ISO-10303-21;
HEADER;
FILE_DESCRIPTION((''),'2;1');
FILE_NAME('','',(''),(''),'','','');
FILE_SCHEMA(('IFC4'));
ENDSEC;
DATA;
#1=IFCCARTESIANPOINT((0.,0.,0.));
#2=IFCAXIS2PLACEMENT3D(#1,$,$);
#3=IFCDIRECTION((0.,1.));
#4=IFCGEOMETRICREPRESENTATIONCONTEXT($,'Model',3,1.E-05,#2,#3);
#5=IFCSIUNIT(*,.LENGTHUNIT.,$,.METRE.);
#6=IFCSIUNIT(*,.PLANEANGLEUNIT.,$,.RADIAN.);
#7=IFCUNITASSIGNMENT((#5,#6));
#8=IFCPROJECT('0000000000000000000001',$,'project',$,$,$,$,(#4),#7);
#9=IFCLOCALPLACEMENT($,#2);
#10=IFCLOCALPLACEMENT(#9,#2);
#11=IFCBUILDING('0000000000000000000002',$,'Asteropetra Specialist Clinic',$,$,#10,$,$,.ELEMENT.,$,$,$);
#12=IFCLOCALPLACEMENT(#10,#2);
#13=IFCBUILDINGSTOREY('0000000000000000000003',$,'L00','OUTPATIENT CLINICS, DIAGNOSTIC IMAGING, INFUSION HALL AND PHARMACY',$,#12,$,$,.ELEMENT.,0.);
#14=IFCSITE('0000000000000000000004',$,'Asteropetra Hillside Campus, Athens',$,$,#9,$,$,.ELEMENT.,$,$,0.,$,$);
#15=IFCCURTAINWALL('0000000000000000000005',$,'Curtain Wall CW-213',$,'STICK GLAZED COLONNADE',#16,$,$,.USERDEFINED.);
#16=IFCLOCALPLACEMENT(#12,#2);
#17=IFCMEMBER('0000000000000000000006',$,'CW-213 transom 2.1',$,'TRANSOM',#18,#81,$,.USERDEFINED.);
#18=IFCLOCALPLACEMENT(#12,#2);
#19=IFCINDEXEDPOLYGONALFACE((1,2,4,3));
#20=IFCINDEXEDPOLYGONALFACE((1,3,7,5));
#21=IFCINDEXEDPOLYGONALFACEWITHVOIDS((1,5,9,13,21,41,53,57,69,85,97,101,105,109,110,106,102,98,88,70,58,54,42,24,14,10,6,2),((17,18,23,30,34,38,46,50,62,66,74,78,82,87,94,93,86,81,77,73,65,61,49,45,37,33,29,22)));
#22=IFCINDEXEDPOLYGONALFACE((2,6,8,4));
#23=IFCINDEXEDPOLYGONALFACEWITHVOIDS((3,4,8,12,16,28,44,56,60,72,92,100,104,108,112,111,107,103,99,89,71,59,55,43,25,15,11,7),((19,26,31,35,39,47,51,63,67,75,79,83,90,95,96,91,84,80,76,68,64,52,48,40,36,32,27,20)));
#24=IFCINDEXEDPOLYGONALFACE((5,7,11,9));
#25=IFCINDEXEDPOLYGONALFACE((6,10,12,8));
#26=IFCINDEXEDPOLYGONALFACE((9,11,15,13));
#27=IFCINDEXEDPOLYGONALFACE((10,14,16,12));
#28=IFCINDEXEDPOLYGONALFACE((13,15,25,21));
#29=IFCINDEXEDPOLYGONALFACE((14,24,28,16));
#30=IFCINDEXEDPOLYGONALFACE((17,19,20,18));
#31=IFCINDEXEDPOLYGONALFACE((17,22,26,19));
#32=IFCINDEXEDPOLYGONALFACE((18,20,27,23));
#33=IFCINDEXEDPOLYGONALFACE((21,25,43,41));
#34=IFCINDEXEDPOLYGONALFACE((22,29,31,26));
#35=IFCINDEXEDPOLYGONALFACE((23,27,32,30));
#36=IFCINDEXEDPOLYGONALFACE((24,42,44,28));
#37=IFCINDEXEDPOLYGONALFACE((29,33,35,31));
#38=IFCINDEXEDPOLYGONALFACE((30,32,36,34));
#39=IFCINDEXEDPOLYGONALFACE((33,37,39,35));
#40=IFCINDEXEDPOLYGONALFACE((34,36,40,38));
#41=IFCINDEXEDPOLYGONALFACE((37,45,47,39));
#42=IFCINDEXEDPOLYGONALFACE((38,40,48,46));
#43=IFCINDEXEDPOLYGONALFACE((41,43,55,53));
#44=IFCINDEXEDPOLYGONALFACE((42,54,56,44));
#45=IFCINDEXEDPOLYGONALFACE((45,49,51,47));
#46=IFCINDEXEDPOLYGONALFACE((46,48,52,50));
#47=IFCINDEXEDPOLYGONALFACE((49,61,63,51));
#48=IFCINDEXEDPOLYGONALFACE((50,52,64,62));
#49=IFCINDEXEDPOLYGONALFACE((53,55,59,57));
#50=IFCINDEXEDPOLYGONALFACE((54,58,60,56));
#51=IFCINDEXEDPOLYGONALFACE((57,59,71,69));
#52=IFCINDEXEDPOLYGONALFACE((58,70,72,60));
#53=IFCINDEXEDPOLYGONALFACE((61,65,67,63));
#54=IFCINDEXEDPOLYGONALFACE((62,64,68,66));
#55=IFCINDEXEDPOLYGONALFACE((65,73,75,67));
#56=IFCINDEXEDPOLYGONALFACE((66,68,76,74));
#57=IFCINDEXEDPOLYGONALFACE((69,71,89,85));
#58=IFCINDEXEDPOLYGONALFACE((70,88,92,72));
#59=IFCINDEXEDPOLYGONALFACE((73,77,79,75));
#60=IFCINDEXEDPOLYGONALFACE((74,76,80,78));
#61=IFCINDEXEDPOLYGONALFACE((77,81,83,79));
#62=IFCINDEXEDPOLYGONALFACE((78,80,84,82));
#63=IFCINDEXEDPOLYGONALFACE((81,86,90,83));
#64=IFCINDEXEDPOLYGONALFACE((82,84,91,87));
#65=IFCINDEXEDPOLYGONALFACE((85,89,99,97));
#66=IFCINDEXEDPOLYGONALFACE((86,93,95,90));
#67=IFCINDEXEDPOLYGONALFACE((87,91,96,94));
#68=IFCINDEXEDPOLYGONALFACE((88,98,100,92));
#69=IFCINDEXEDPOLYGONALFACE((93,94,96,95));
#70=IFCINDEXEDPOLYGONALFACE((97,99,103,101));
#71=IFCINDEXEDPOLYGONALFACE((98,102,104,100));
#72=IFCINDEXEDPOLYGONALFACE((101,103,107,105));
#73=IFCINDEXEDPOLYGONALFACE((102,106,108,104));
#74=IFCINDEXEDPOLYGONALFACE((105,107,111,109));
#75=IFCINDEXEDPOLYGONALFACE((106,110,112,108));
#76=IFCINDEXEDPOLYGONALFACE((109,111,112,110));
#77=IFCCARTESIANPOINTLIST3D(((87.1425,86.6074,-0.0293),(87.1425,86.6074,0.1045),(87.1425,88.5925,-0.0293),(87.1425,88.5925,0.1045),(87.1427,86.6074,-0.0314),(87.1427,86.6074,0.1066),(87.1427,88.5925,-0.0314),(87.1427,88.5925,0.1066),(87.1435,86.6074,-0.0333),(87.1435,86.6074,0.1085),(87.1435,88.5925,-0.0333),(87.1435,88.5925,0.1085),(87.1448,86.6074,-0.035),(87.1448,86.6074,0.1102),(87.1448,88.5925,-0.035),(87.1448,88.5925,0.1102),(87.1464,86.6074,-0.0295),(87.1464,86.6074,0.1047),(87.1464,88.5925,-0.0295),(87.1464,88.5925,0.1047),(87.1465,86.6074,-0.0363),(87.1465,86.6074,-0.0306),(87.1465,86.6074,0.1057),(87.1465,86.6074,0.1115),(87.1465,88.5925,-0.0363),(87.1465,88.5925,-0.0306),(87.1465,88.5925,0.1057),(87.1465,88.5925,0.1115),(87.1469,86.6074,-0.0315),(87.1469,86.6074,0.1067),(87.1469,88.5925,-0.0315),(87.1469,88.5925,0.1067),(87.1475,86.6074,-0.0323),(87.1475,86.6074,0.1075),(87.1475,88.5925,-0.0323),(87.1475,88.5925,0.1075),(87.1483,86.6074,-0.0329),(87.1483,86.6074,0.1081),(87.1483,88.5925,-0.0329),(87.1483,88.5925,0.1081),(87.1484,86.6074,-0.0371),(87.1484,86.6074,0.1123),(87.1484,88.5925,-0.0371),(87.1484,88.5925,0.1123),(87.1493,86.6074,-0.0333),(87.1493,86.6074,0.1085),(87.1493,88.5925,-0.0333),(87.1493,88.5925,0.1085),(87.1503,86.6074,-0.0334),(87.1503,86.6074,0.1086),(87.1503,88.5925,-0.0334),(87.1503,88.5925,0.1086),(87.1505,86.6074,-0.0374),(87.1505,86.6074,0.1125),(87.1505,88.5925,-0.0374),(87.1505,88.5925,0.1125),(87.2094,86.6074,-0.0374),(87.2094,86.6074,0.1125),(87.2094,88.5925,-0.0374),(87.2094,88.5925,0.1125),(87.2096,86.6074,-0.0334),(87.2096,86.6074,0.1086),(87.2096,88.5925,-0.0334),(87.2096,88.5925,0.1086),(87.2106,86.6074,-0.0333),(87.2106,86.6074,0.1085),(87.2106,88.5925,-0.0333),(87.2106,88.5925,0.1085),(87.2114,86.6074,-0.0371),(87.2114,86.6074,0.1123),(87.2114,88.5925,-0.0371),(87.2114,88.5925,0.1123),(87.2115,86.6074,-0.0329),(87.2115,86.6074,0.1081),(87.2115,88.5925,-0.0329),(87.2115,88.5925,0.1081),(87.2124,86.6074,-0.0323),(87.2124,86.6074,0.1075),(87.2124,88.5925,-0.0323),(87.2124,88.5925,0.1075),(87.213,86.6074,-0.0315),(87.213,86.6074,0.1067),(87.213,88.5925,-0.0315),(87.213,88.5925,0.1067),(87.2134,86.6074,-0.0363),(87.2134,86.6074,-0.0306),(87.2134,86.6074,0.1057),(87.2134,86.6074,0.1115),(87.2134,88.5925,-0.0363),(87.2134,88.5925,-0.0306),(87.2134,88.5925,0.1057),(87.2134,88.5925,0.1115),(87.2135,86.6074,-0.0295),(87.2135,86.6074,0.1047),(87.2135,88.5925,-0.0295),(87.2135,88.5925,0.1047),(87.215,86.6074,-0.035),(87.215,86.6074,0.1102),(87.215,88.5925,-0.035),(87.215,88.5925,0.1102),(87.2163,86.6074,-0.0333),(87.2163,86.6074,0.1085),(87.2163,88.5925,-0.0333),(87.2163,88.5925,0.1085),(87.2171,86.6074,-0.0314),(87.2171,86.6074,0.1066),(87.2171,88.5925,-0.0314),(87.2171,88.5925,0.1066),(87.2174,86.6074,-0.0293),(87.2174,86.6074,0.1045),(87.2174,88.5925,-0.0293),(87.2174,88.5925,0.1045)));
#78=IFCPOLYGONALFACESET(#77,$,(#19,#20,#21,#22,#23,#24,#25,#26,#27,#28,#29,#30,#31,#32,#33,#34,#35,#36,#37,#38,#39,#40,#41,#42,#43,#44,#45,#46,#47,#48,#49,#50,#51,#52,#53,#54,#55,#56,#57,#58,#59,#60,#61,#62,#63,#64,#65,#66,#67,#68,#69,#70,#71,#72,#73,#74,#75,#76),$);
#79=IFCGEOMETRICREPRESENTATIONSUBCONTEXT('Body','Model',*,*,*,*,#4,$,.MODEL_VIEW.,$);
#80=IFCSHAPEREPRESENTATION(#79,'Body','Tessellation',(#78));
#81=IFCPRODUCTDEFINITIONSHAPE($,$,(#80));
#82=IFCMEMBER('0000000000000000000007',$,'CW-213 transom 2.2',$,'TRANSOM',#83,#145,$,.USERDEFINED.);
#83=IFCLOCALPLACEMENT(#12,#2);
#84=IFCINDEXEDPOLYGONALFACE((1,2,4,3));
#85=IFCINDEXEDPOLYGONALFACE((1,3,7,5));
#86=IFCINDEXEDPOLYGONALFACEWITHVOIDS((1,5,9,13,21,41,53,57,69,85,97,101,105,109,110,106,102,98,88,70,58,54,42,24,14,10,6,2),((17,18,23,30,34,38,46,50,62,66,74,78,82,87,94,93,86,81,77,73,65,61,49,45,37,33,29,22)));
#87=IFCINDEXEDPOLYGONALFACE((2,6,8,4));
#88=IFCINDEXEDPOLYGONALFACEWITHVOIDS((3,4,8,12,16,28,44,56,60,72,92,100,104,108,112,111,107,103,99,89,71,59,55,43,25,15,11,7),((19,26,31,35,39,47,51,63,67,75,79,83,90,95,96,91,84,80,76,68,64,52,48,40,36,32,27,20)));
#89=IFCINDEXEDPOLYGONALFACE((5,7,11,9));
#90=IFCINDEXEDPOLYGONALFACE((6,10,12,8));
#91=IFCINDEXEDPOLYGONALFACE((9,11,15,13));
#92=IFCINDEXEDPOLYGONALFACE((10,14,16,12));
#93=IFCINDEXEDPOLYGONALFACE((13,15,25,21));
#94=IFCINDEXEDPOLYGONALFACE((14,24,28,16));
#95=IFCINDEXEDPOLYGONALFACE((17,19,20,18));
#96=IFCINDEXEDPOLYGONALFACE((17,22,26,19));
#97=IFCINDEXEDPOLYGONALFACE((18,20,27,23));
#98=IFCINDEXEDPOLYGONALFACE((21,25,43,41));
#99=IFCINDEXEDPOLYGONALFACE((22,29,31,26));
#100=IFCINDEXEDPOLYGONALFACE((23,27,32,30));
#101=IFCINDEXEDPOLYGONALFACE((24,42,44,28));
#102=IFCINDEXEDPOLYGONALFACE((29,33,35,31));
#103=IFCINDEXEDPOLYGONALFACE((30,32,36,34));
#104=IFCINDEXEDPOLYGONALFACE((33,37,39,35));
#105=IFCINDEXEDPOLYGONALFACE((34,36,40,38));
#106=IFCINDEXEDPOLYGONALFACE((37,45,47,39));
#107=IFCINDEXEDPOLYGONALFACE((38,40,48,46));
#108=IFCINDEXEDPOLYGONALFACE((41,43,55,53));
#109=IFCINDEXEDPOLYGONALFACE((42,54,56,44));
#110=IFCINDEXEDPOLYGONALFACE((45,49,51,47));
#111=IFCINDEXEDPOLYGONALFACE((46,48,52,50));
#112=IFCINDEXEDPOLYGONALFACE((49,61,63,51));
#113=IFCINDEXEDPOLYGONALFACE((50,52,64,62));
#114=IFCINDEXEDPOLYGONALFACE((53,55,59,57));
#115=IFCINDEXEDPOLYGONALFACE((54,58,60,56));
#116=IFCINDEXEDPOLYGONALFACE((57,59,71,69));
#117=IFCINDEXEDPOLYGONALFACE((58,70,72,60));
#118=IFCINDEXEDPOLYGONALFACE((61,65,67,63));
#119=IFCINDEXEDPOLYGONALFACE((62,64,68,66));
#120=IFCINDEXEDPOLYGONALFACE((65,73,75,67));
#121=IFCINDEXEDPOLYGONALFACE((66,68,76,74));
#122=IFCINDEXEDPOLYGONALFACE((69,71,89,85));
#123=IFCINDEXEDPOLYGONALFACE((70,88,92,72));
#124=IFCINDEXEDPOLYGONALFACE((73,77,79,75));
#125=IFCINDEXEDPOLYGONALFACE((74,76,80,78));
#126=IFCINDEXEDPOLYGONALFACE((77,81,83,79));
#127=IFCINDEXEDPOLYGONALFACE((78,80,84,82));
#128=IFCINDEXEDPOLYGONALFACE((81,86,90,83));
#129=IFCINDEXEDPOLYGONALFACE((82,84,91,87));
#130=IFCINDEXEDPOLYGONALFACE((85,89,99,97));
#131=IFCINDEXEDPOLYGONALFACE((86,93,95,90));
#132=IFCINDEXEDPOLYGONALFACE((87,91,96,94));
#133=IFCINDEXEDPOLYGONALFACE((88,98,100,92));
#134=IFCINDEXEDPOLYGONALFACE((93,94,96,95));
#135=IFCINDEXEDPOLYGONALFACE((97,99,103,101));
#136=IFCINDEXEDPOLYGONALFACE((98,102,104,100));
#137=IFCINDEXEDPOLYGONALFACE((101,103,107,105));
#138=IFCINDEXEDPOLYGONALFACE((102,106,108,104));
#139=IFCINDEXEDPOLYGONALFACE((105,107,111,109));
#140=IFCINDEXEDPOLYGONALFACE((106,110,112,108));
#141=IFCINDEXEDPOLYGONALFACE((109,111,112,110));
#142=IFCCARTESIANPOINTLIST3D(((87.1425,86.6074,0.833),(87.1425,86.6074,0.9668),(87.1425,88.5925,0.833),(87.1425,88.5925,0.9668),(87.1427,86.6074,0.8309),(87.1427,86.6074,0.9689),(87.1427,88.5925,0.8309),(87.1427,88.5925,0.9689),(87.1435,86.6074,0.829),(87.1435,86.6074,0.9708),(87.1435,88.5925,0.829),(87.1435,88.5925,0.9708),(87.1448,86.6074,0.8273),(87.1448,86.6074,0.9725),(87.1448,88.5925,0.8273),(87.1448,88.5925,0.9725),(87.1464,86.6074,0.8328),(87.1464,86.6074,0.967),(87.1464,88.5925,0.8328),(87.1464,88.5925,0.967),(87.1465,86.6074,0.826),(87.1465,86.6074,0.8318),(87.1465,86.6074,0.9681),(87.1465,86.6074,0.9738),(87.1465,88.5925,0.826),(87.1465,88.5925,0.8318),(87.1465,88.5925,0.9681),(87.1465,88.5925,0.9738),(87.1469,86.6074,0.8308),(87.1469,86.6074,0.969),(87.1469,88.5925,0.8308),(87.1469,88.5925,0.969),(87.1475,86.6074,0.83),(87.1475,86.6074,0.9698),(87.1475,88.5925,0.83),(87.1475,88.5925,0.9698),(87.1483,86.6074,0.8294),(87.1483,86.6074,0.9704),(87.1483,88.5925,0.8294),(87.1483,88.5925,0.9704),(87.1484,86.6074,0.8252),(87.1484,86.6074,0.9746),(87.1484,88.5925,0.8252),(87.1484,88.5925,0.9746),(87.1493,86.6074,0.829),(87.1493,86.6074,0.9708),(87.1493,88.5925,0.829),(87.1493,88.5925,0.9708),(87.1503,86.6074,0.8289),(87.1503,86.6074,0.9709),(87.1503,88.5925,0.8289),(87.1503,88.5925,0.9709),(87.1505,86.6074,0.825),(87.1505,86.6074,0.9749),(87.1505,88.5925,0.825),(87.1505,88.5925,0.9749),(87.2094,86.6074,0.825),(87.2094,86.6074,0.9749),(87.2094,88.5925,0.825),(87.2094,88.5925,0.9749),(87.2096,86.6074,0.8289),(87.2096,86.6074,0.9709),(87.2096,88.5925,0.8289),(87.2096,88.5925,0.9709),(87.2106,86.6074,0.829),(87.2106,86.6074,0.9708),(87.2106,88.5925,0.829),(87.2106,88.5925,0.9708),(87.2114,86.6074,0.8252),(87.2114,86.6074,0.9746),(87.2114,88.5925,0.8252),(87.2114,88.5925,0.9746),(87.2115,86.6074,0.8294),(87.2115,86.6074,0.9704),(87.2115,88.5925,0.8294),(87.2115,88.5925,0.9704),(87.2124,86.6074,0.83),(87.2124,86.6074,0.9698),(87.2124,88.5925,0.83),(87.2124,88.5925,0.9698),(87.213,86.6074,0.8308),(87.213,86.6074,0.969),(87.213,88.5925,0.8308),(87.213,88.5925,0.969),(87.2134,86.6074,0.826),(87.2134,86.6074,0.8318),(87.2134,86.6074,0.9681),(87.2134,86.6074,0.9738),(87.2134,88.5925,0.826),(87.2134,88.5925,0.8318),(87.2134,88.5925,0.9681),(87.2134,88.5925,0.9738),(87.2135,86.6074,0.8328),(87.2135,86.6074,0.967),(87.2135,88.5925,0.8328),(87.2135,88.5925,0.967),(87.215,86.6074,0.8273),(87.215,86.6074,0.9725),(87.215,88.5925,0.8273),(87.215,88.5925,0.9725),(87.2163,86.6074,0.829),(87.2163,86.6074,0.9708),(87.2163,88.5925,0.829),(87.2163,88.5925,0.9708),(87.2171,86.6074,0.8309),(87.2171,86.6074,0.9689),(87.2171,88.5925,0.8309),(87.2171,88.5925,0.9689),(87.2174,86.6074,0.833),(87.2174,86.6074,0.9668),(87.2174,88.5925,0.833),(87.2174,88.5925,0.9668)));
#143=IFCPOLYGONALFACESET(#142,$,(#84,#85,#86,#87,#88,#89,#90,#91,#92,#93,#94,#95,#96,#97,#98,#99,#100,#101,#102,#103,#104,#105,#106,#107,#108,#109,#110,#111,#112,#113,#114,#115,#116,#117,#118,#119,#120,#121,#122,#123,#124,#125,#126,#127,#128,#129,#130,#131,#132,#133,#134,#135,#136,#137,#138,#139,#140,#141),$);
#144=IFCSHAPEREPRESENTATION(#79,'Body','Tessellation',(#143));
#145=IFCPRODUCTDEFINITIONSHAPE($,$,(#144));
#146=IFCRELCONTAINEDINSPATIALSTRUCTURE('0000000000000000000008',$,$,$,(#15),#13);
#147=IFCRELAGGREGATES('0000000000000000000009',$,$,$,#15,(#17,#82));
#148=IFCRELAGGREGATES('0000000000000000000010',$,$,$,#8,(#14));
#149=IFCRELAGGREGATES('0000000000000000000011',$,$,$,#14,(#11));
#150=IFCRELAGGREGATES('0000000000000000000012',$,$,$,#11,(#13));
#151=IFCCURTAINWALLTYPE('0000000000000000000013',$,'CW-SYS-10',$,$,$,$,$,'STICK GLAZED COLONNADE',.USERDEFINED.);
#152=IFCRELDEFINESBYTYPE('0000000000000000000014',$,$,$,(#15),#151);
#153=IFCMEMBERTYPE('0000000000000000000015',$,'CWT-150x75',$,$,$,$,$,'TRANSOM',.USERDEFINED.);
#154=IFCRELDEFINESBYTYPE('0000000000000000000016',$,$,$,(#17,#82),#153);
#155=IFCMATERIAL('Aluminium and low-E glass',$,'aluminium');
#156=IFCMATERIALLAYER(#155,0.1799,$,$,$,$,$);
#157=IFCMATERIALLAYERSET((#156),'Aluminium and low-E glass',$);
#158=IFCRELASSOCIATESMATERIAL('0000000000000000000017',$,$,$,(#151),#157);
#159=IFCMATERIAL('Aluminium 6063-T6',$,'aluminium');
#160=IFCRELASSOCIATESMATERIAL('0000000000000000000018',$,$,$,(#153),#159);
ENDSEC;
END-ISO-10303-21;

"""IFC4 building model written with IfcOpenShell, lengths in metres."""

from ifc_helpers import new_model, si_unit, direction, frame, origin, origin_2d, place, context, subcontext, project, spatial, hollow_rectangle, extrude, material, layer, layer_set, material_profile, profile_set, type_object, element, aggregate, save


model = new_model("IFC4")

# Units and contexts
model_context = context("Model", 3, precision=1e-05, world=origin(), true_north=direction((0.0, 1.0)))
body_context = subcontext(model_context, "Body", "Model", "MODEL_VIEW")
ifc_project = project(units=[si_unit("LENGTHUNIT", "METRE"), si_unit("PLANEANGLEUNIT", "RADIAN")], contexts=[model_context])

# Site, building, storey
site_placement = place(None, origin())
site = spatial("IfcSite", under=ifc_project, at=site_placement, Name="Asteropetra Hillside Campus, Athens", CompositionType="ELEMENT", RefElevation=0.0)
building_placement = place(site_placement, origin())
building = spatial("IfcBuilding", under=site, at=building_placement, Name="Asteropetra Specialist Clinic", CompositionType="ELEMENT")
storey_placement = place(building_placement, origin())
storey = spatial("IfcBuildingStorey", under=building, at=storey_placement, Name="L00", Description="OUTPATIENT CLINICS, DIAGNOSTIC IMAGING, INFUSION HALL AND PHARMACY", CompositionType="ELEMENT", Elevation=0.0)

# Curtain wall, members
ifc_material_1 = material(Name="Aluminium and low-E glass", Category="aluminium")
ifc_layer_1 = layer(ifc_material_1, 0.1799)
ifc_layer_set_1 = layer_set([ifc_layer_1], Name="Aluminium and low-E glass")
curtain_wall_type_1 = type_object("IfcCurtainWallType", Name="CW-SYS-10", ElementType="STICK GLAZED COLONNADE", PredefinedType="USERDEFINED", material=ifc_layer_set_1)
curtain_wall_1_placement = place(storey_placement, origin())
curtain_wall_1 = element("IfcCurtainWall", 1, at=curtain_wall_1_placement, inside=storey, type_object=curtain_wall_type_1, Name="Curtain Wall CW-213", ObjectType="STICK GLAZED COLONNADE", PredefinedType="USERDEFINED")
ifc_material_2 = material(Name="Aluminium 6063-T6", Category="aluminium")
ifc_material_profile_1 = material_profile(ifc_material_2, hollow_rectangle(XDim=0.075, YDim=0.1499, WallThickness=0.0039, InnerFilletRadius=0.0039, OuterFilletRadius=0.0081, at=origin_2d()), Name="TRN 150x75x4.0")
ifc_profile_set_1 = profile_set([ifc_material_profile_1], Name="Aluminium 6063-T6")
member_type_1 = type_object("IfcMemberType", Name="CWT-150x75", ElementType="TRANSOM", PredefinedType="USERDEFINED", material=ifc_profile_set_1)
member_1_placement = place(storey_placement, frame((87.1799, 88.5925, 0.0376), z_axis=(0.0, -1.0, 0.0), x_axis=(1.0, 0.0, 0.0)))
member_1 = element("IfcMember", 2, at=member_1_placement, type_object=member_type_1, Name="CW-213 transom 2.1", ObjectType="TRANSOM", PredefinedType="USERDEFINED", context=body_context, shape_type="SweptSolid", body=[
    extrude(hollow_rectangle(XDim=0.075, YDim=0.1499, WallThickness=0.0039, InnerFilletRadius=0.0039, OuterFilletRadius=0.0081, at=origin_2d()), origin(), (0.0, 0.0, 1.0), 1.9851),
])
member_2_placement = place(storey_placement, frame((87.1799, 88.5925, 0.8999), z_axis=(0.0, -1.0, 0.0), x_axis=(1.0, 0.0, 0.0)))
member_2 = element("IfcMember", 3, at=member_2_placement, type_object=member_type_1, Name="CW-213 transom 2.2", ObjectType="TRANSOM", PredefinedType="USERDEFINED", context=body_context, shape_type="SweptSolid", body=[
    extrude(hollow_rectangle(XDim=0.075, YDim=0.1499, WallThickness=0.0039, InnerFilletRadius=0.0039, OuterFilletRadius=0.0081, at=origin_2d()), origin(), (0.0, 0.0, 1.0), 1.9851),
])
aggregate(curtain_wall_1, [member_1, member_2])

save(model, "model.ifc")
